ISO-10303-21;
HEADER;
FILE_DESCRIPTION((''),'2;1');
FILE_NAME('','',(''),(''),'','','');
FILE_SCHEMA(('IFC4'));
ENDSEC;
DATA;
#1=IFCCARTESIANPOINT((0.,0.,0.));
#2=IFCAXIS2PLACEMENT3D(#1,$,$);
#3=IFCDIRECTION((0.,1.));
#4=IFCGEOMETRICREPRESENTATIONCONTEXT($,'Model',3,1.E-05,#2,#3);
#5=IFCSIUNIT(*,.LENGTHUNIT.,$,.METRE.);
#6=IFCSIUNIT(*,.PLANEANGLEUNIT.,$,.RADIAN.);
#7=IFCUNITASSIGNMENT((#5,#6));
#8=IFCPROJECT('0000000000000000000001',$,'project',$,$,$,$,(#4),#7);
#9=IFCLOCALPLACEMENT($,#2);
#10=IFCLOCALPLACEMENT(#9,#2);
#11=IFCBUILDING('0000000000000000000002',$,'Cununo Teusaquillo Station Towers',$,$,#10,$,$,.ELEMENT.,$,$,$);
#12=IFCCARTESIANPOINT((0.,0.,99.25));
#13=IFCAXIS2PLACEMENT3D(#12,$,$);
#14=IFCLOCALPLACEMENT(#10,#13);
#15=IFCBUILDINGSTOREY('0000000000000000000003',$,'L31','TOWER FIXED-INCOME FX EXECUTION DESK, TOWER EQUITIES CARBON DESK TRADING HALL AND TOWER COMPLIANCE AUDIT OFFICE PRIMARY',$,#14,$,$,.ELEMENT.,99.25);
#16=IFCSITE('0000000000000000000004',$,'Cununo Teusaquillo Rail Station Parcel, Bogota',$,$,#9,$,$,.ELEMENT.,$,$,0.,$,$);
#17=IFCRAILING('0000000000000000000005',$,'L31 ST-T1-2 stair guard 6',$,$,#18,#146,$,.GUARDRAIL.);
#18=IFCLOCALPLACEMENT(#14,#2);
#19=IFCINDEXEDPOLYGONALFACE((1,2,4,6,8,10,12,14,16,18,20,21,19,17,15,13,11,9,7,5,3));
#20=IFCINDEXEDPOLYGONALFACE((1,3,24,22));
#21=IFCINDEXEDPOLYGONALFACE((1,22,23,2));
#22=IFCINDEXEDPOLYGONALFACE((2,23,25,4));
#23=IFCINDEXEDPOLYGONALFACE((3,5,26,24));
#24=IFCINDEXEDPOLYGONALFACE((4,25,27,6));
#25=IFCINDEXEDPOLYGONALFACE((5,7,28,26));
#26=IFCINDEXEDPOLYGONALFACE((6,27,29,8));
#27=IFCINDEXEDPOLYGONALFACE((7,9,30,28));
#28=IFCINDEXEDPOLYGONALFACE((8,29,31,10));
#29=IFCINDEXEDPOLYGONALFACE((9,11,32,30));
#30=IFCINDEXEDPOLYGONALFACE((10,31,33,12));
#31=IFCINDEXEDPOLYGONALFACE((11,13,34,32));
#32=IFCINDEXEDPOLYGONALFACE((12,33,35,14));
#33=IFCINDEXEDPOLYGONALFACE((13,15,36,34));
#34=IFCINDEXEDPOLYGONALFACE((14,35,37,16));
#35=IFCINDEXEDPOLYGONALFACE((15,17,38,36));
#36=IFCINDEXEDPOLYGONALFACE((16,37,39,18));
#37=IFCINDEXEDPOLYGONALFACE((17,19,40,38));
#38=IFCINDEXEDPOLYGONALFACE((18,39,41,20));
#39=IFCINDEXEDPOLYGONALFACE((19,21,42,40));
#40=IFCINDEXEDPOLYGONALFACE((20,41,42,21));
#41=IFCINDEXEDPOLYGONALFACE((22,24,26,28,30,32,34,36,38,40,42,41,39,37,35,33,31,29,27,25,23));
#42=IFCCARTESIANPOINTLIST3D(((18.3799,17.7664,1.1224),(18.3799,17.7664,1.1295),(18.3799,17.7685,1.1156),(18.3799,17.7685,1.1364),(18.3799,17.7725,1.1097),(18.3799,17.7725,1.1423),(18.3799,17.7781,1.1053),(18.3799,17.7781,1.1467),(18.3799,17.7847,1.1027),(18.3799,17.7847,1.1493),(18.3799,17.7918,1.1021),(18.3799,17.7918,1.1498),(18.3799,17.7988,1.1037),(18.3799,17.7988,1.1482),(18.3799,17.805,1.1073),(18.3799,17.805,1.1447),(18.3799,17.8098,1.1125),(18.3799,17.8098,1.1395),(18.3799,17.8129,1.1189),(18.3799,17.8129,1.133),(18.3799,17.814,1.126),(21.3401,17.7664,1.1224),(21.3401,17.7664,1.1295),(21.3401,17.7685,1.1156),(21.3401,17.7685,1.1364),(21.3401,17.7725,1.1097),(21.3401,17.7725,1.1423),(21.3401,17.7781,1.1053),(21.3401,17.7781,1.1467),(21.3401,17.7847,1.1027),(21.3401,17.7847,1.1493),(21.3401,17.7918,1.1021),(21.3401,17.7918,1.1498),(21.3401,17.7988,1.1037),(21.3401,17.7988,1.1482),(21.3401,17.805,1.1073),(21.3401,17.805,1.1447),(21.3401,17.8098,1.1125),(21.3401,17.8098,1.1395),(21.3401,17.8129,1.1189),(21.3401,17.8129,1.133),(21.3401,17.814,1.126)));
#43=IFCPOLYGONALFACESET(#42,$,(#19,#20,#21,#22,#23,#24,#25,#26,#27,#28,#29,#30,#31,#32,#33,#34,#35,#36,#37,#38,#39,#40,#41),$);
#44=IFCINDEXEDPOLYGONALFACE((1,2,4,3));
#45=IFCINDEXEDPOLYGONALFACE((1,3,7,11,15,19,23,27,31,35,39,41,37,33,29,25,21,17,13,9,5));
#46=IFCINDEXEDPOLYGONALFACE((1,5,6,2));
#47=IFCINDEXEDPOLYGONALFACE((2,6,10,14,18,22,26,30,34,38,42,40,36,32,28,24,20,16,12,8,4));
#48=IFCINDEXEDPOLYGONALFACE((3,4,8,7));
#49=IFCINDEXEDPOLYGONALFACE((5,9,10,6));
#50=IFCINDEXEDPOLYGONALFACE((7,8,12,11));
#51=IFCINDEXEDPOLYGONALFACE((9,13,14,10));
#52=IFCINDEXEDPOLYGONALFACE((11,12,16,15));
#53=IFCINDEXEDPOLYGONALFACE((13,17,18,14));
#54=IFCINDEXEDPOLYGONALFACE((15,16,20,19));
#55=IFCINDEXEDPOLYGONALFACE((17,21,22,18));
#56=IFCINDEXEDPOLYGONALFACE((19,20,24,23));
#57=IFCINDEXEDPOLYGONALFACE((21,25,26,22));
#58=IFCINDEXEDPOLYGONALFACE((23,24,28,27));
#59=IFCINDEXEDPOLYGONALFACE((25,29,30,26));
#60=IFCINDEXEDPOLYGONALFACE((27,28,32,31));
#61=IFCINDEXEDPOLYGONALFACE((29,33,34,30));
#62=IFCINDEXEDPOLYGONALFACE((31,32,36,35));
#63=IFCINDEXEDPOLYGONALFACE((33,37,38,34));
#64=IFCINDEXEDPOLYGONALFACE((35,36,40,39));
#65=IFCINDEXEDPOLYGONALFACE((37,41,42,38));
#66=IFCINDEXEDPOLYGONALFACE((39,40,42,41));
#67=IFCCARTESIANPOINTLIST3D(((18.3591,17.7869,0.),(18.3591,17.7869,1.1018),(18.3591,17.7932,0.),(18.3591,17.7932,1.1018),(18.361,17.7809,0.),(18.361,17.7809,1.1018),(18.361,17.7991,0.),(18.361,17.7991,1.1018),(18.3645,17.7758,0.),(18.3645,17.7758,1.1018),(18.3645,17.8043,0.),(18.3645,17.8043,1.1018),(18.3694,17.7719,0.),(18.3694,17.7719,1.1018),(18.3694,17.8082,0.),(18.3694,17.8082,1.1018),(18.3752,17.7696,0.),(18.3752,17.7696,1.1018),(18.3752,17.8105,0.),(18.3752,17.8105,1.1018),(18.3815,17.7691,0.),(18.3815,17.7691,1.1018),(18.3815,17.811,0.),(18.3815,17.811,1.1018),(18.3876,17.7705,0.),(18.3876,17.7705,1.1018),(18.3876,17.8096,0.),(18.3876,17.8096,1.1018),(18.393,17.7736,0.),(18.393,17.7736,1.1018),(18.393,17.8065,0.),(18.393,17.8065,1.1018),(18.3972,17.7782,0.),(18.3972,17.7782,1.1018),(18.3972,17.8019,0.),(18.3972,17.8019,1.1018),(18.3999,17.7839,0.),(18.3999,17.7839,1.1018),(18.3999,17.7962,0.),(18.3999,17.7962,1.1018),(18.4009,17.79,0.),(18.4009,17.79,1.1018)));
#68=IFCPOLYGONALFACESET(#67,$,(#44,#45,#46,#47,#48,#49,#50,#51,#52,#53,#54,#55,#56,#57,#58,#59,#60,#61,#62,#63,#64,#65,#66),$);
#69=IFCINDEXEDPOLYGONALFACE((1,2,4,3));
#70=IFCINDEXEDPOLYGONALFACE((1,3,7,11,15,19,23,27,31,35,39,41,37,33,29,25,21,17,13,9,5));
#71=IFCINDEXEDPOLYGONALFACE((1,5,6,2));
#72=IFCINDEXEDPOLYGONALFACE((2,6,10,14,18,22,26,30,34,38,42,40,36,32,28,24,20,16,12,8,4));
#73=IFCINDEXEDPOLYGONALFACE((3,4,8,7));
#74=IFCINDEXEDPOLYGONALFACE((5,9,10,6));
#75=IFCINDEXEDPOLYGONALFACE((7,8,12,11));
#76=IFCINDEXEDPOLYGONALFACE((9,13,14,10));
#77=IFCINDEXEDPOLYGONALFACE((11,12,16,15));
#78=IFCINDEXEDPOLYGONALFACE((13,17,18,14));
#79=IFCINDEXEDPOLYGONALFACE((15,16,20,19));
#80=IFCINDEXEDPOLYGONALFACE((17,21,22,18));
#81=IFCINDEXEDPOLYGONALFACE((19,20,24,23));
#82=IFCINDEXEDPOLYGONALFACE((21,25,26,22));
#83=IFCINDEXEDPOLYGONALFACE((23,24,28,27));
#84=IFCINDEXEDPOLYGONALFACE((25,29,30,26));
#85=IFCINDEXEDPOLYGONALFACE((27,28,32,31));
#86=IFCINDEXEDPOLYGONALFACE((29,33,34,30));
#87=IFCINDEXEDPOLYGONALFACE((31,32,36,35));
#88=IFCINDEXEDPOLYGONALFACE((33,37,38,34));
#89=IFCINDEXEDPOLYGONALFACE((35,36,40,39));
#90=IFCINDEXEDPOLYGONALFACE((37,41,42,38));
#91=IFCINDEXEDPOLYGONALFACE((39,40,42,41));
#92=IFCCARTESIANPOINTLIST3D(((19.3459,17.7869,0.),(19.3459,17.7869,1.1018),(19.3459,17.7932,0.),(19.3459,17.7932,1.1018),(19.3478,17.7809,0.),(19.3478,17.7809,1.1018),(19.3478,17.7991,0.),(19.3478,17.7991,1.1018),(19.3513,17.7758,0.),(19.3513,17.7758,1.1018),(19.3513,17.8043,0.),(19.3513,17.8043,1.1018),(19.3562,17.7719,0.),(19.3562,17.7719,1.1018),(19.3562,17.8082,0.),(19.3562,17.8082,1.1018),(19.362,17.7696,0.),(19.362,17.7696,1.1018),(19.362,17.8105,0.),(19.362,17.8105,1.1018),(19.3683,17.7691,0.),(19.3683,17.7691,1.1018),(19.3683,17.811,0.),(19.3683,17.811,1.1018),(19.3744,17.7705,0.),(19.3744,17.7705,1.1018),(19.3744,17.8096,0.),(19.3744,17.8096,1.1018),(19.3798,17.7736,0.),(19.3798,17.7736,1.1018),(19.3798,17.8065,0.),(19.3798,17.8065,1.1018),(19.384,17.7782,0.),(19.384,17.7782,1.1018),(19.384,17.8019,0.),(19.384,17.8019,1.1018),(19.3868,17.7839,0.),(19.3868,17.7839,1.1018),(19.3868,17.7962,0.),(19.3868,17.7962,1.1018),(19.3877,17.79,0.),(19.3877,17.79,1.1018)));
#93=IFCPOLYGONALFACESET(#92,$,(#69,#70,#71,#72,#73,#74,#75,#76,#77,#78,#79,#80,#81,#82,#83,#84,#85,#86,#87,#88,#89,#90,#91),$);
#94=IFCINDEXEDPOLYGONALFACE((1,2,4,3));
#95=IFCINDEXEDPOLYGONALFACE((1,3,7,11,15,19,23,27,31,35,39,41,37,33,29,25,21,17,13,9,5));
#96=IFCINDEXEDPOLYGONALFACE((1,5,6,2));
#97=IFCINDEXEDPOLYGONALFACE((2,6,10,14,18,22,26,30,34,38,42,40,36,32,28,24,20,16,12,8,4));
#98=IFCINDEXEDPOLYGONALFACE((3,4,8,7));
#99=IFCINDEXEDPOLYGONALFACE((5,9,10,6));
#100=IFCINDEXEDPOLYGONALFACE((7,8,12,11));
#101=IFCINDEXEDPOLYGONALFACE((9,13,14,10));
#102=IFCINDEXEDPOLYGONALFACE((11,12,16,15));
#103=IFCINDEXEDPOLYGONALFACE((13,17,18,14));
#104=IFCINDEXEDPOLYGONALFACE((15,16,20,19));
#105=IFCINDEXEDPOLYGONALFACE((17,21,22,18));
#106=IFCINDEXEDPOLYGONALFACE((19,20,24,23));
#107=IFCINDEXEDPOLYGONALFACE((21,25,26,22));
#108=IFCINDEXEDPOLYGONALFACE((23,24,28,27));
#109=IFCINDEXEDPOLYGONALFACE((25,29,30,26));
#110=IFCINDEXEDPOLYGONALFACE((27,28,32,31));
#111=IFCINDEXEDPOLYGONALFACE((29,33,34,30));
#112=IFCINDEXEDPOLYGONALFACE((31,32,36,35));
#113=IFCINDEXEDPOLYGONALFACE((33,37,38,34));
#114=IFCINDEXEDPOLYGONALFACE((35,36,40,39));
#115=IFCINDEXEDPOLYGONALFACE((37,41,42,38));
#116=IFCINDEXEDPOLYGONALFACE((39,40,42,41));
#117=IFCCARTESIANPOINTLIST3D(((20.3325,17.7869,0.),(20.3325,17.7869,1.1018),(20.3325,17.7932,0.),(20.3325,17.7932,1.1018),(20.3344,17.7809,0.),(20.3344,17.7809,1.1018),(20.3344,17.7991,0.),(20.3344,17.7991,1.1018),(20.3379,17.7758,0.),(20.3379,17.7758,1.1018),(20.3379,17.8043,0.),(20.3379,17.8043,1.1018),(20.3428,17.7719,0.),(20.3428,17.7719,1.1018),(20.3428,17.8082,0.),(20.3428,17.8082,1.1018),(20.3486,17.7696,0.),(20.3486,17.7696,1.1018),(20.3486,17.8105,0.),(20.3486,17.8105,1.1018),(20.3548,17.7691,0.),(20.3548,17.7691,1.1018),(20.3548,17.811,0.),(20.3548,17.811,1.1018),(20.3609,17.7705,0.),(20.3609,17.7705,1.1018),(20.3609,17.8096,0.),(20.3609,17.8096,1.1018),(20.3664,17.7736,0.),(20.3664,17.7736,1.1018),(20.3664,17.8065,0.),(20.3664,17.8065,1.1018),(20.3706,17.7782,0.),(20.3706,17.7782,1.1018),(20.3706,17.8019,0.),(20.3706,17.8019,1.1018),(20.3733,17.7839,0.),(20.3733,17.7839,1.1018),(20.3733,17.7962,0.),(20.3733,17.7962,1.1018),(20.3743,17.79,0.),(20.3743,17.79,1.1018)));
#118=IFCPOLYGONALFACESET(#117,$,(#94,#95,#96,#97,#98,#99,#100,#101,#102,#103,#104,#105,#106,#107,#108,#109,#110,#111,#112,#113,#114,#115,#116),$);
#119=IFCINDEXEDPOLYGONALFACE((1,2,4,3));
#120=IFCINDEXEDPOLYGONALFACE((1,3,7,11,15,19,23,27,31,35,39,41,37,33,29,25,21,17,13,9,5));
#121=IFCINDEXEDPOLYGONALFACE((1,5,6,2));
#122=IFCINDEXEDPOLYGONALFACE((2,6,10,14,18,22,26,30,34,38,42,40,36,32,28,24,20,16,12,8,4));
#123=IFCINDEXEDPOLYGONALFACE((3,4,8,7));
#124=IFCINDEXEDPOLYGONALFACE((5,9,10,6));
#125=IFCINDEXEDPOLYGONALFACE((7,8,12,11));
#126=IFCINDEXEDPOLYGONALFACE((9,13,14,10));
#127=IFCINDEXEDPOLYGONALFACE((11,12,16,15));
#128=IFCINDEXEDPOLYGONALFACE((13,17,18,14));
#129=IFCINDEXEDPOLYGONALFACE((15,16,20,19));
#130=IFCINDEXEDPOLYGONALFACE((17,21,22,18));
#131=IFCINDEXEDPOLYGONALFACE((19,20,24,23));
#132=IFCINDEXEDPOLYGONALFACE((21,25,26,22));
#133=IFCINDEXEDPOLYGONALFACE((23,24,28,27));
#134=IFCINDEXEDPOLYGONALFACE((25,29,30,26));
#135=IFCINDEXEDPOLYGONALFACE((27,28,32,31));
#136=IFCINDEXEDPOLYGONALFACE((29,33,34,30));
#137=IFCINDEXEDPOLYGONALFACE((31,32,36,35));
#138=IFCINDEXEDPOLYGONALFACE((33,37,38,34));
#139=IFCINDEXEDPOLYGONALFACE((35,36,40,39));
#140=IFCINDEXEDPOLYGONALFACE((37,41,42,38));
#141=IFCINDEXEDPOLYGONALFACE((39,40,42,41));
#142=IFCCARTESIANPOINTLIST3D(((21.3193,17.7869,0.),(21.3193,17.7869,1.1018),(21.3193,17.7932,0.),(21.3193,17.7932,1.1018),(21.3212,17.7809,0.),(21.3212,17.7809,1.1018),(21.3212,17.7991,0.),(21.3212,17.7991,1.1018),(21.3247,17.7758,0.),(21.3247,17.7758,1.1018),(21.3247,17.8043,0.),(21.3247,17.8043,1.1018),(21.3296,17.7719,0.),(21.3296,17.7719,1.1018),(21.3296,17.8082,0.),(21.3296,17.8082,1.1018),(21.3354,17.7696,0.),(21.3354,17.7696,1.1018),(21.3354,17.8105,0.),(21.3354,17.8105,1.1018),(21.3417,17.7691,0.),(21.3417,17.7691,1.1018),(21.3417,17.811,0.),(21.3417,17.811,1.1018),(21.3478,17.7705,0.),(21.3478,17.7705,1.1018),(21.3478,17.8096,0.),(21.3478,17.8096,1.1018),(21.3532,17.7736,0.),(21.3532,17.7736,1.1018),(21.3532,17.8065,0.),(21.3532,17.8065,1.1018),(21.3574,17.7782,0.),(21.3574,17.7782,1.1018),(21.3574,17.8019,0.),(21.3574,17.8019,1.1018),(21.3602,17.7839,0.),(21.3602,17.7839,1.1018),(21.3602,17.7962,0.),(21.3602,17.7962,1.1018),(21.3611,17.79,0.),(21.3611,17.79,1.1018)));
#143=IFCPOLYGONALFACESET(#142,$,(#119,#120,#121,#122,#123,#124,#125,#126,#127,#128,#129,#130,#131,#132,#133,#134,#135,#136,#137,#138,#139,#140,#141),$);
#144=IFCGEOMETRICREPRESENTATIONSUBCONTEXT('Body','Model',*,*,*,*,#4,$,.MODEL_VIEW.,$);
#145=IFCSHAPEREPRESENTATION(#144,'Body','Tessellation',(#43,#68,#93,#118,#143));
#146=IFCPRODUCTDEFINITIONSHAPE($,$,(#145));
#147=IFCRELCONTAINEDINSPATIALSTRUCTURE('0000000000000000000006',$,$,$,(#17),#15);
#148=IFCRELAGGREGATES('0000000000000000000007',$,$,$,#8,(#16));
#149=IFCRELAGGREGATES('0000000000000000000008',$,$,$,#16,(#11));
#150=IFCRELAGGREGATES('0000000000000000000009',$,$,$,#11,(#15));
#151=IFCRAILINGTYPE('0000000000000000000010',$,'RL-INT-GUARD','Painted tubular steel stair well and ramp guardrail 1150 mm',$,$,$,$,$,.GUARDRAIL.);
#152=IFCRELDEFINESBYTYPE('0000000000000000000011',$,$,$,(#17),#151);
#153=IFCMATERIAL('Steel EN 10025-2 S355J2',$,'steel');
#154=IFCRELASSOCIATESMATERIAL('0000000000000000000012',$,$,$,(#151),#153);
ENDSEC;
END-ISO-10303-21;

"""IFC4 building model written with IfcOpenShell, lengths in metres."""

from ifc_helpers import new_model, si_unit, direction, frame, origin, origin_2d, place, context, subcontext, project, spatial, circle, extrude, material, type_object, element, save


model = new_model("IFC4")

# Units and contexts
model_context = context("Model", 3, precision=1e-05, world=origin(), true_north=direction((0.0, 1.0)))
body_context = subcontext(model_context, "Body", "Model", "MODEL_VIEW")
ifc_project = project(units=[si_unit("LENGTHUNIT", "METRE"), si_unit("PLANEANGLEUNIT", "RADIAN")], contexts=[model_context])

# Site, building, storey
site_placement = place(None, origin())
site = spatial("IfcSite", under=ifc_project, at=site_placement, Name="Cununo Teusaquillo Rail Station Parcel, Bogota", CompositionType="ELEMENT", RefElevation=0.0)
building_placement = place(site_placement, origin())
building = spatial("IfcBuilding", under=site, at=building_placement, Name="Cununo Teusaquillo Station Towers", CompositionType="ELEMENT")
storey_placement = place(building_placement, frame((0.0, 0.0, 99.25)))
storey = spatial("IfcBuildingStorey", under=building, at=storey_placement, Name="L31", Description="TOWER FIXED-INCOME FX EXECUTION DESK, TOWER EQUITIES CARBON DESK TRADING HALL AND TOWER COMPLIANCE AUDIT OFFICE PRIMARY", CompositionType="ELEMENT", Elevation=99.25)

# Railing
ifc_material_1 = material(Name="Steel EN 10025-2 S355J2", Category="steel")
railing_type_1 = type_object("IfcRailingType", Name="RL-INT-GUARD", Description="Painted tubular steel stair well and ramp guardrail 1150 mm", PredefinedType="GUARDRAIL", material=ifc_material_1)
railing_1_placement = place(storey_placement, frame((18.3799, 17.79, 0.0)))
element("IfcRailing", 1, at=railing_1_placement, inside=storey, type_object=railing_type_1, Name="L31 ST-T1-2 stair guard 6", PredefinedType="GUARDRAIL", context=body_context, shape_type="SweptSolid", body=[
    extrude(circle(Radius=0.0239, at=origin_2d()), frame((0.0, 0.0, 1.126), z_axis=(1.0, 0.0, 0.0), x_axis=(0.0, 1.0, 0.0)), (0.0, 0.0, 1.0), 2.9602),
    extrude(circle(Radius=0.021, at=origin_2d()), origin(), (0.0, 0.0, 1.0), 1.1018),
    extrude(circle(Radius=0.021, at=origin_2d()), frame((0.9868, 0.0, 0.0)), (0.0, 0.0, 1.0), 1.1018),
    extrude(circle(Radius=0.021, at=origin_2d()), frame((1.9734, 0.0, 0.0)), (0.0, 0.0, 1.0), 1.1018),
    extrude(circle(Radius=0.021, at=origin_2d()), frame((2.9602, 0.0, 0.0)), (0.0, 0.0, 1.0), 1.1018),
])

save(model, "model.ifc")
